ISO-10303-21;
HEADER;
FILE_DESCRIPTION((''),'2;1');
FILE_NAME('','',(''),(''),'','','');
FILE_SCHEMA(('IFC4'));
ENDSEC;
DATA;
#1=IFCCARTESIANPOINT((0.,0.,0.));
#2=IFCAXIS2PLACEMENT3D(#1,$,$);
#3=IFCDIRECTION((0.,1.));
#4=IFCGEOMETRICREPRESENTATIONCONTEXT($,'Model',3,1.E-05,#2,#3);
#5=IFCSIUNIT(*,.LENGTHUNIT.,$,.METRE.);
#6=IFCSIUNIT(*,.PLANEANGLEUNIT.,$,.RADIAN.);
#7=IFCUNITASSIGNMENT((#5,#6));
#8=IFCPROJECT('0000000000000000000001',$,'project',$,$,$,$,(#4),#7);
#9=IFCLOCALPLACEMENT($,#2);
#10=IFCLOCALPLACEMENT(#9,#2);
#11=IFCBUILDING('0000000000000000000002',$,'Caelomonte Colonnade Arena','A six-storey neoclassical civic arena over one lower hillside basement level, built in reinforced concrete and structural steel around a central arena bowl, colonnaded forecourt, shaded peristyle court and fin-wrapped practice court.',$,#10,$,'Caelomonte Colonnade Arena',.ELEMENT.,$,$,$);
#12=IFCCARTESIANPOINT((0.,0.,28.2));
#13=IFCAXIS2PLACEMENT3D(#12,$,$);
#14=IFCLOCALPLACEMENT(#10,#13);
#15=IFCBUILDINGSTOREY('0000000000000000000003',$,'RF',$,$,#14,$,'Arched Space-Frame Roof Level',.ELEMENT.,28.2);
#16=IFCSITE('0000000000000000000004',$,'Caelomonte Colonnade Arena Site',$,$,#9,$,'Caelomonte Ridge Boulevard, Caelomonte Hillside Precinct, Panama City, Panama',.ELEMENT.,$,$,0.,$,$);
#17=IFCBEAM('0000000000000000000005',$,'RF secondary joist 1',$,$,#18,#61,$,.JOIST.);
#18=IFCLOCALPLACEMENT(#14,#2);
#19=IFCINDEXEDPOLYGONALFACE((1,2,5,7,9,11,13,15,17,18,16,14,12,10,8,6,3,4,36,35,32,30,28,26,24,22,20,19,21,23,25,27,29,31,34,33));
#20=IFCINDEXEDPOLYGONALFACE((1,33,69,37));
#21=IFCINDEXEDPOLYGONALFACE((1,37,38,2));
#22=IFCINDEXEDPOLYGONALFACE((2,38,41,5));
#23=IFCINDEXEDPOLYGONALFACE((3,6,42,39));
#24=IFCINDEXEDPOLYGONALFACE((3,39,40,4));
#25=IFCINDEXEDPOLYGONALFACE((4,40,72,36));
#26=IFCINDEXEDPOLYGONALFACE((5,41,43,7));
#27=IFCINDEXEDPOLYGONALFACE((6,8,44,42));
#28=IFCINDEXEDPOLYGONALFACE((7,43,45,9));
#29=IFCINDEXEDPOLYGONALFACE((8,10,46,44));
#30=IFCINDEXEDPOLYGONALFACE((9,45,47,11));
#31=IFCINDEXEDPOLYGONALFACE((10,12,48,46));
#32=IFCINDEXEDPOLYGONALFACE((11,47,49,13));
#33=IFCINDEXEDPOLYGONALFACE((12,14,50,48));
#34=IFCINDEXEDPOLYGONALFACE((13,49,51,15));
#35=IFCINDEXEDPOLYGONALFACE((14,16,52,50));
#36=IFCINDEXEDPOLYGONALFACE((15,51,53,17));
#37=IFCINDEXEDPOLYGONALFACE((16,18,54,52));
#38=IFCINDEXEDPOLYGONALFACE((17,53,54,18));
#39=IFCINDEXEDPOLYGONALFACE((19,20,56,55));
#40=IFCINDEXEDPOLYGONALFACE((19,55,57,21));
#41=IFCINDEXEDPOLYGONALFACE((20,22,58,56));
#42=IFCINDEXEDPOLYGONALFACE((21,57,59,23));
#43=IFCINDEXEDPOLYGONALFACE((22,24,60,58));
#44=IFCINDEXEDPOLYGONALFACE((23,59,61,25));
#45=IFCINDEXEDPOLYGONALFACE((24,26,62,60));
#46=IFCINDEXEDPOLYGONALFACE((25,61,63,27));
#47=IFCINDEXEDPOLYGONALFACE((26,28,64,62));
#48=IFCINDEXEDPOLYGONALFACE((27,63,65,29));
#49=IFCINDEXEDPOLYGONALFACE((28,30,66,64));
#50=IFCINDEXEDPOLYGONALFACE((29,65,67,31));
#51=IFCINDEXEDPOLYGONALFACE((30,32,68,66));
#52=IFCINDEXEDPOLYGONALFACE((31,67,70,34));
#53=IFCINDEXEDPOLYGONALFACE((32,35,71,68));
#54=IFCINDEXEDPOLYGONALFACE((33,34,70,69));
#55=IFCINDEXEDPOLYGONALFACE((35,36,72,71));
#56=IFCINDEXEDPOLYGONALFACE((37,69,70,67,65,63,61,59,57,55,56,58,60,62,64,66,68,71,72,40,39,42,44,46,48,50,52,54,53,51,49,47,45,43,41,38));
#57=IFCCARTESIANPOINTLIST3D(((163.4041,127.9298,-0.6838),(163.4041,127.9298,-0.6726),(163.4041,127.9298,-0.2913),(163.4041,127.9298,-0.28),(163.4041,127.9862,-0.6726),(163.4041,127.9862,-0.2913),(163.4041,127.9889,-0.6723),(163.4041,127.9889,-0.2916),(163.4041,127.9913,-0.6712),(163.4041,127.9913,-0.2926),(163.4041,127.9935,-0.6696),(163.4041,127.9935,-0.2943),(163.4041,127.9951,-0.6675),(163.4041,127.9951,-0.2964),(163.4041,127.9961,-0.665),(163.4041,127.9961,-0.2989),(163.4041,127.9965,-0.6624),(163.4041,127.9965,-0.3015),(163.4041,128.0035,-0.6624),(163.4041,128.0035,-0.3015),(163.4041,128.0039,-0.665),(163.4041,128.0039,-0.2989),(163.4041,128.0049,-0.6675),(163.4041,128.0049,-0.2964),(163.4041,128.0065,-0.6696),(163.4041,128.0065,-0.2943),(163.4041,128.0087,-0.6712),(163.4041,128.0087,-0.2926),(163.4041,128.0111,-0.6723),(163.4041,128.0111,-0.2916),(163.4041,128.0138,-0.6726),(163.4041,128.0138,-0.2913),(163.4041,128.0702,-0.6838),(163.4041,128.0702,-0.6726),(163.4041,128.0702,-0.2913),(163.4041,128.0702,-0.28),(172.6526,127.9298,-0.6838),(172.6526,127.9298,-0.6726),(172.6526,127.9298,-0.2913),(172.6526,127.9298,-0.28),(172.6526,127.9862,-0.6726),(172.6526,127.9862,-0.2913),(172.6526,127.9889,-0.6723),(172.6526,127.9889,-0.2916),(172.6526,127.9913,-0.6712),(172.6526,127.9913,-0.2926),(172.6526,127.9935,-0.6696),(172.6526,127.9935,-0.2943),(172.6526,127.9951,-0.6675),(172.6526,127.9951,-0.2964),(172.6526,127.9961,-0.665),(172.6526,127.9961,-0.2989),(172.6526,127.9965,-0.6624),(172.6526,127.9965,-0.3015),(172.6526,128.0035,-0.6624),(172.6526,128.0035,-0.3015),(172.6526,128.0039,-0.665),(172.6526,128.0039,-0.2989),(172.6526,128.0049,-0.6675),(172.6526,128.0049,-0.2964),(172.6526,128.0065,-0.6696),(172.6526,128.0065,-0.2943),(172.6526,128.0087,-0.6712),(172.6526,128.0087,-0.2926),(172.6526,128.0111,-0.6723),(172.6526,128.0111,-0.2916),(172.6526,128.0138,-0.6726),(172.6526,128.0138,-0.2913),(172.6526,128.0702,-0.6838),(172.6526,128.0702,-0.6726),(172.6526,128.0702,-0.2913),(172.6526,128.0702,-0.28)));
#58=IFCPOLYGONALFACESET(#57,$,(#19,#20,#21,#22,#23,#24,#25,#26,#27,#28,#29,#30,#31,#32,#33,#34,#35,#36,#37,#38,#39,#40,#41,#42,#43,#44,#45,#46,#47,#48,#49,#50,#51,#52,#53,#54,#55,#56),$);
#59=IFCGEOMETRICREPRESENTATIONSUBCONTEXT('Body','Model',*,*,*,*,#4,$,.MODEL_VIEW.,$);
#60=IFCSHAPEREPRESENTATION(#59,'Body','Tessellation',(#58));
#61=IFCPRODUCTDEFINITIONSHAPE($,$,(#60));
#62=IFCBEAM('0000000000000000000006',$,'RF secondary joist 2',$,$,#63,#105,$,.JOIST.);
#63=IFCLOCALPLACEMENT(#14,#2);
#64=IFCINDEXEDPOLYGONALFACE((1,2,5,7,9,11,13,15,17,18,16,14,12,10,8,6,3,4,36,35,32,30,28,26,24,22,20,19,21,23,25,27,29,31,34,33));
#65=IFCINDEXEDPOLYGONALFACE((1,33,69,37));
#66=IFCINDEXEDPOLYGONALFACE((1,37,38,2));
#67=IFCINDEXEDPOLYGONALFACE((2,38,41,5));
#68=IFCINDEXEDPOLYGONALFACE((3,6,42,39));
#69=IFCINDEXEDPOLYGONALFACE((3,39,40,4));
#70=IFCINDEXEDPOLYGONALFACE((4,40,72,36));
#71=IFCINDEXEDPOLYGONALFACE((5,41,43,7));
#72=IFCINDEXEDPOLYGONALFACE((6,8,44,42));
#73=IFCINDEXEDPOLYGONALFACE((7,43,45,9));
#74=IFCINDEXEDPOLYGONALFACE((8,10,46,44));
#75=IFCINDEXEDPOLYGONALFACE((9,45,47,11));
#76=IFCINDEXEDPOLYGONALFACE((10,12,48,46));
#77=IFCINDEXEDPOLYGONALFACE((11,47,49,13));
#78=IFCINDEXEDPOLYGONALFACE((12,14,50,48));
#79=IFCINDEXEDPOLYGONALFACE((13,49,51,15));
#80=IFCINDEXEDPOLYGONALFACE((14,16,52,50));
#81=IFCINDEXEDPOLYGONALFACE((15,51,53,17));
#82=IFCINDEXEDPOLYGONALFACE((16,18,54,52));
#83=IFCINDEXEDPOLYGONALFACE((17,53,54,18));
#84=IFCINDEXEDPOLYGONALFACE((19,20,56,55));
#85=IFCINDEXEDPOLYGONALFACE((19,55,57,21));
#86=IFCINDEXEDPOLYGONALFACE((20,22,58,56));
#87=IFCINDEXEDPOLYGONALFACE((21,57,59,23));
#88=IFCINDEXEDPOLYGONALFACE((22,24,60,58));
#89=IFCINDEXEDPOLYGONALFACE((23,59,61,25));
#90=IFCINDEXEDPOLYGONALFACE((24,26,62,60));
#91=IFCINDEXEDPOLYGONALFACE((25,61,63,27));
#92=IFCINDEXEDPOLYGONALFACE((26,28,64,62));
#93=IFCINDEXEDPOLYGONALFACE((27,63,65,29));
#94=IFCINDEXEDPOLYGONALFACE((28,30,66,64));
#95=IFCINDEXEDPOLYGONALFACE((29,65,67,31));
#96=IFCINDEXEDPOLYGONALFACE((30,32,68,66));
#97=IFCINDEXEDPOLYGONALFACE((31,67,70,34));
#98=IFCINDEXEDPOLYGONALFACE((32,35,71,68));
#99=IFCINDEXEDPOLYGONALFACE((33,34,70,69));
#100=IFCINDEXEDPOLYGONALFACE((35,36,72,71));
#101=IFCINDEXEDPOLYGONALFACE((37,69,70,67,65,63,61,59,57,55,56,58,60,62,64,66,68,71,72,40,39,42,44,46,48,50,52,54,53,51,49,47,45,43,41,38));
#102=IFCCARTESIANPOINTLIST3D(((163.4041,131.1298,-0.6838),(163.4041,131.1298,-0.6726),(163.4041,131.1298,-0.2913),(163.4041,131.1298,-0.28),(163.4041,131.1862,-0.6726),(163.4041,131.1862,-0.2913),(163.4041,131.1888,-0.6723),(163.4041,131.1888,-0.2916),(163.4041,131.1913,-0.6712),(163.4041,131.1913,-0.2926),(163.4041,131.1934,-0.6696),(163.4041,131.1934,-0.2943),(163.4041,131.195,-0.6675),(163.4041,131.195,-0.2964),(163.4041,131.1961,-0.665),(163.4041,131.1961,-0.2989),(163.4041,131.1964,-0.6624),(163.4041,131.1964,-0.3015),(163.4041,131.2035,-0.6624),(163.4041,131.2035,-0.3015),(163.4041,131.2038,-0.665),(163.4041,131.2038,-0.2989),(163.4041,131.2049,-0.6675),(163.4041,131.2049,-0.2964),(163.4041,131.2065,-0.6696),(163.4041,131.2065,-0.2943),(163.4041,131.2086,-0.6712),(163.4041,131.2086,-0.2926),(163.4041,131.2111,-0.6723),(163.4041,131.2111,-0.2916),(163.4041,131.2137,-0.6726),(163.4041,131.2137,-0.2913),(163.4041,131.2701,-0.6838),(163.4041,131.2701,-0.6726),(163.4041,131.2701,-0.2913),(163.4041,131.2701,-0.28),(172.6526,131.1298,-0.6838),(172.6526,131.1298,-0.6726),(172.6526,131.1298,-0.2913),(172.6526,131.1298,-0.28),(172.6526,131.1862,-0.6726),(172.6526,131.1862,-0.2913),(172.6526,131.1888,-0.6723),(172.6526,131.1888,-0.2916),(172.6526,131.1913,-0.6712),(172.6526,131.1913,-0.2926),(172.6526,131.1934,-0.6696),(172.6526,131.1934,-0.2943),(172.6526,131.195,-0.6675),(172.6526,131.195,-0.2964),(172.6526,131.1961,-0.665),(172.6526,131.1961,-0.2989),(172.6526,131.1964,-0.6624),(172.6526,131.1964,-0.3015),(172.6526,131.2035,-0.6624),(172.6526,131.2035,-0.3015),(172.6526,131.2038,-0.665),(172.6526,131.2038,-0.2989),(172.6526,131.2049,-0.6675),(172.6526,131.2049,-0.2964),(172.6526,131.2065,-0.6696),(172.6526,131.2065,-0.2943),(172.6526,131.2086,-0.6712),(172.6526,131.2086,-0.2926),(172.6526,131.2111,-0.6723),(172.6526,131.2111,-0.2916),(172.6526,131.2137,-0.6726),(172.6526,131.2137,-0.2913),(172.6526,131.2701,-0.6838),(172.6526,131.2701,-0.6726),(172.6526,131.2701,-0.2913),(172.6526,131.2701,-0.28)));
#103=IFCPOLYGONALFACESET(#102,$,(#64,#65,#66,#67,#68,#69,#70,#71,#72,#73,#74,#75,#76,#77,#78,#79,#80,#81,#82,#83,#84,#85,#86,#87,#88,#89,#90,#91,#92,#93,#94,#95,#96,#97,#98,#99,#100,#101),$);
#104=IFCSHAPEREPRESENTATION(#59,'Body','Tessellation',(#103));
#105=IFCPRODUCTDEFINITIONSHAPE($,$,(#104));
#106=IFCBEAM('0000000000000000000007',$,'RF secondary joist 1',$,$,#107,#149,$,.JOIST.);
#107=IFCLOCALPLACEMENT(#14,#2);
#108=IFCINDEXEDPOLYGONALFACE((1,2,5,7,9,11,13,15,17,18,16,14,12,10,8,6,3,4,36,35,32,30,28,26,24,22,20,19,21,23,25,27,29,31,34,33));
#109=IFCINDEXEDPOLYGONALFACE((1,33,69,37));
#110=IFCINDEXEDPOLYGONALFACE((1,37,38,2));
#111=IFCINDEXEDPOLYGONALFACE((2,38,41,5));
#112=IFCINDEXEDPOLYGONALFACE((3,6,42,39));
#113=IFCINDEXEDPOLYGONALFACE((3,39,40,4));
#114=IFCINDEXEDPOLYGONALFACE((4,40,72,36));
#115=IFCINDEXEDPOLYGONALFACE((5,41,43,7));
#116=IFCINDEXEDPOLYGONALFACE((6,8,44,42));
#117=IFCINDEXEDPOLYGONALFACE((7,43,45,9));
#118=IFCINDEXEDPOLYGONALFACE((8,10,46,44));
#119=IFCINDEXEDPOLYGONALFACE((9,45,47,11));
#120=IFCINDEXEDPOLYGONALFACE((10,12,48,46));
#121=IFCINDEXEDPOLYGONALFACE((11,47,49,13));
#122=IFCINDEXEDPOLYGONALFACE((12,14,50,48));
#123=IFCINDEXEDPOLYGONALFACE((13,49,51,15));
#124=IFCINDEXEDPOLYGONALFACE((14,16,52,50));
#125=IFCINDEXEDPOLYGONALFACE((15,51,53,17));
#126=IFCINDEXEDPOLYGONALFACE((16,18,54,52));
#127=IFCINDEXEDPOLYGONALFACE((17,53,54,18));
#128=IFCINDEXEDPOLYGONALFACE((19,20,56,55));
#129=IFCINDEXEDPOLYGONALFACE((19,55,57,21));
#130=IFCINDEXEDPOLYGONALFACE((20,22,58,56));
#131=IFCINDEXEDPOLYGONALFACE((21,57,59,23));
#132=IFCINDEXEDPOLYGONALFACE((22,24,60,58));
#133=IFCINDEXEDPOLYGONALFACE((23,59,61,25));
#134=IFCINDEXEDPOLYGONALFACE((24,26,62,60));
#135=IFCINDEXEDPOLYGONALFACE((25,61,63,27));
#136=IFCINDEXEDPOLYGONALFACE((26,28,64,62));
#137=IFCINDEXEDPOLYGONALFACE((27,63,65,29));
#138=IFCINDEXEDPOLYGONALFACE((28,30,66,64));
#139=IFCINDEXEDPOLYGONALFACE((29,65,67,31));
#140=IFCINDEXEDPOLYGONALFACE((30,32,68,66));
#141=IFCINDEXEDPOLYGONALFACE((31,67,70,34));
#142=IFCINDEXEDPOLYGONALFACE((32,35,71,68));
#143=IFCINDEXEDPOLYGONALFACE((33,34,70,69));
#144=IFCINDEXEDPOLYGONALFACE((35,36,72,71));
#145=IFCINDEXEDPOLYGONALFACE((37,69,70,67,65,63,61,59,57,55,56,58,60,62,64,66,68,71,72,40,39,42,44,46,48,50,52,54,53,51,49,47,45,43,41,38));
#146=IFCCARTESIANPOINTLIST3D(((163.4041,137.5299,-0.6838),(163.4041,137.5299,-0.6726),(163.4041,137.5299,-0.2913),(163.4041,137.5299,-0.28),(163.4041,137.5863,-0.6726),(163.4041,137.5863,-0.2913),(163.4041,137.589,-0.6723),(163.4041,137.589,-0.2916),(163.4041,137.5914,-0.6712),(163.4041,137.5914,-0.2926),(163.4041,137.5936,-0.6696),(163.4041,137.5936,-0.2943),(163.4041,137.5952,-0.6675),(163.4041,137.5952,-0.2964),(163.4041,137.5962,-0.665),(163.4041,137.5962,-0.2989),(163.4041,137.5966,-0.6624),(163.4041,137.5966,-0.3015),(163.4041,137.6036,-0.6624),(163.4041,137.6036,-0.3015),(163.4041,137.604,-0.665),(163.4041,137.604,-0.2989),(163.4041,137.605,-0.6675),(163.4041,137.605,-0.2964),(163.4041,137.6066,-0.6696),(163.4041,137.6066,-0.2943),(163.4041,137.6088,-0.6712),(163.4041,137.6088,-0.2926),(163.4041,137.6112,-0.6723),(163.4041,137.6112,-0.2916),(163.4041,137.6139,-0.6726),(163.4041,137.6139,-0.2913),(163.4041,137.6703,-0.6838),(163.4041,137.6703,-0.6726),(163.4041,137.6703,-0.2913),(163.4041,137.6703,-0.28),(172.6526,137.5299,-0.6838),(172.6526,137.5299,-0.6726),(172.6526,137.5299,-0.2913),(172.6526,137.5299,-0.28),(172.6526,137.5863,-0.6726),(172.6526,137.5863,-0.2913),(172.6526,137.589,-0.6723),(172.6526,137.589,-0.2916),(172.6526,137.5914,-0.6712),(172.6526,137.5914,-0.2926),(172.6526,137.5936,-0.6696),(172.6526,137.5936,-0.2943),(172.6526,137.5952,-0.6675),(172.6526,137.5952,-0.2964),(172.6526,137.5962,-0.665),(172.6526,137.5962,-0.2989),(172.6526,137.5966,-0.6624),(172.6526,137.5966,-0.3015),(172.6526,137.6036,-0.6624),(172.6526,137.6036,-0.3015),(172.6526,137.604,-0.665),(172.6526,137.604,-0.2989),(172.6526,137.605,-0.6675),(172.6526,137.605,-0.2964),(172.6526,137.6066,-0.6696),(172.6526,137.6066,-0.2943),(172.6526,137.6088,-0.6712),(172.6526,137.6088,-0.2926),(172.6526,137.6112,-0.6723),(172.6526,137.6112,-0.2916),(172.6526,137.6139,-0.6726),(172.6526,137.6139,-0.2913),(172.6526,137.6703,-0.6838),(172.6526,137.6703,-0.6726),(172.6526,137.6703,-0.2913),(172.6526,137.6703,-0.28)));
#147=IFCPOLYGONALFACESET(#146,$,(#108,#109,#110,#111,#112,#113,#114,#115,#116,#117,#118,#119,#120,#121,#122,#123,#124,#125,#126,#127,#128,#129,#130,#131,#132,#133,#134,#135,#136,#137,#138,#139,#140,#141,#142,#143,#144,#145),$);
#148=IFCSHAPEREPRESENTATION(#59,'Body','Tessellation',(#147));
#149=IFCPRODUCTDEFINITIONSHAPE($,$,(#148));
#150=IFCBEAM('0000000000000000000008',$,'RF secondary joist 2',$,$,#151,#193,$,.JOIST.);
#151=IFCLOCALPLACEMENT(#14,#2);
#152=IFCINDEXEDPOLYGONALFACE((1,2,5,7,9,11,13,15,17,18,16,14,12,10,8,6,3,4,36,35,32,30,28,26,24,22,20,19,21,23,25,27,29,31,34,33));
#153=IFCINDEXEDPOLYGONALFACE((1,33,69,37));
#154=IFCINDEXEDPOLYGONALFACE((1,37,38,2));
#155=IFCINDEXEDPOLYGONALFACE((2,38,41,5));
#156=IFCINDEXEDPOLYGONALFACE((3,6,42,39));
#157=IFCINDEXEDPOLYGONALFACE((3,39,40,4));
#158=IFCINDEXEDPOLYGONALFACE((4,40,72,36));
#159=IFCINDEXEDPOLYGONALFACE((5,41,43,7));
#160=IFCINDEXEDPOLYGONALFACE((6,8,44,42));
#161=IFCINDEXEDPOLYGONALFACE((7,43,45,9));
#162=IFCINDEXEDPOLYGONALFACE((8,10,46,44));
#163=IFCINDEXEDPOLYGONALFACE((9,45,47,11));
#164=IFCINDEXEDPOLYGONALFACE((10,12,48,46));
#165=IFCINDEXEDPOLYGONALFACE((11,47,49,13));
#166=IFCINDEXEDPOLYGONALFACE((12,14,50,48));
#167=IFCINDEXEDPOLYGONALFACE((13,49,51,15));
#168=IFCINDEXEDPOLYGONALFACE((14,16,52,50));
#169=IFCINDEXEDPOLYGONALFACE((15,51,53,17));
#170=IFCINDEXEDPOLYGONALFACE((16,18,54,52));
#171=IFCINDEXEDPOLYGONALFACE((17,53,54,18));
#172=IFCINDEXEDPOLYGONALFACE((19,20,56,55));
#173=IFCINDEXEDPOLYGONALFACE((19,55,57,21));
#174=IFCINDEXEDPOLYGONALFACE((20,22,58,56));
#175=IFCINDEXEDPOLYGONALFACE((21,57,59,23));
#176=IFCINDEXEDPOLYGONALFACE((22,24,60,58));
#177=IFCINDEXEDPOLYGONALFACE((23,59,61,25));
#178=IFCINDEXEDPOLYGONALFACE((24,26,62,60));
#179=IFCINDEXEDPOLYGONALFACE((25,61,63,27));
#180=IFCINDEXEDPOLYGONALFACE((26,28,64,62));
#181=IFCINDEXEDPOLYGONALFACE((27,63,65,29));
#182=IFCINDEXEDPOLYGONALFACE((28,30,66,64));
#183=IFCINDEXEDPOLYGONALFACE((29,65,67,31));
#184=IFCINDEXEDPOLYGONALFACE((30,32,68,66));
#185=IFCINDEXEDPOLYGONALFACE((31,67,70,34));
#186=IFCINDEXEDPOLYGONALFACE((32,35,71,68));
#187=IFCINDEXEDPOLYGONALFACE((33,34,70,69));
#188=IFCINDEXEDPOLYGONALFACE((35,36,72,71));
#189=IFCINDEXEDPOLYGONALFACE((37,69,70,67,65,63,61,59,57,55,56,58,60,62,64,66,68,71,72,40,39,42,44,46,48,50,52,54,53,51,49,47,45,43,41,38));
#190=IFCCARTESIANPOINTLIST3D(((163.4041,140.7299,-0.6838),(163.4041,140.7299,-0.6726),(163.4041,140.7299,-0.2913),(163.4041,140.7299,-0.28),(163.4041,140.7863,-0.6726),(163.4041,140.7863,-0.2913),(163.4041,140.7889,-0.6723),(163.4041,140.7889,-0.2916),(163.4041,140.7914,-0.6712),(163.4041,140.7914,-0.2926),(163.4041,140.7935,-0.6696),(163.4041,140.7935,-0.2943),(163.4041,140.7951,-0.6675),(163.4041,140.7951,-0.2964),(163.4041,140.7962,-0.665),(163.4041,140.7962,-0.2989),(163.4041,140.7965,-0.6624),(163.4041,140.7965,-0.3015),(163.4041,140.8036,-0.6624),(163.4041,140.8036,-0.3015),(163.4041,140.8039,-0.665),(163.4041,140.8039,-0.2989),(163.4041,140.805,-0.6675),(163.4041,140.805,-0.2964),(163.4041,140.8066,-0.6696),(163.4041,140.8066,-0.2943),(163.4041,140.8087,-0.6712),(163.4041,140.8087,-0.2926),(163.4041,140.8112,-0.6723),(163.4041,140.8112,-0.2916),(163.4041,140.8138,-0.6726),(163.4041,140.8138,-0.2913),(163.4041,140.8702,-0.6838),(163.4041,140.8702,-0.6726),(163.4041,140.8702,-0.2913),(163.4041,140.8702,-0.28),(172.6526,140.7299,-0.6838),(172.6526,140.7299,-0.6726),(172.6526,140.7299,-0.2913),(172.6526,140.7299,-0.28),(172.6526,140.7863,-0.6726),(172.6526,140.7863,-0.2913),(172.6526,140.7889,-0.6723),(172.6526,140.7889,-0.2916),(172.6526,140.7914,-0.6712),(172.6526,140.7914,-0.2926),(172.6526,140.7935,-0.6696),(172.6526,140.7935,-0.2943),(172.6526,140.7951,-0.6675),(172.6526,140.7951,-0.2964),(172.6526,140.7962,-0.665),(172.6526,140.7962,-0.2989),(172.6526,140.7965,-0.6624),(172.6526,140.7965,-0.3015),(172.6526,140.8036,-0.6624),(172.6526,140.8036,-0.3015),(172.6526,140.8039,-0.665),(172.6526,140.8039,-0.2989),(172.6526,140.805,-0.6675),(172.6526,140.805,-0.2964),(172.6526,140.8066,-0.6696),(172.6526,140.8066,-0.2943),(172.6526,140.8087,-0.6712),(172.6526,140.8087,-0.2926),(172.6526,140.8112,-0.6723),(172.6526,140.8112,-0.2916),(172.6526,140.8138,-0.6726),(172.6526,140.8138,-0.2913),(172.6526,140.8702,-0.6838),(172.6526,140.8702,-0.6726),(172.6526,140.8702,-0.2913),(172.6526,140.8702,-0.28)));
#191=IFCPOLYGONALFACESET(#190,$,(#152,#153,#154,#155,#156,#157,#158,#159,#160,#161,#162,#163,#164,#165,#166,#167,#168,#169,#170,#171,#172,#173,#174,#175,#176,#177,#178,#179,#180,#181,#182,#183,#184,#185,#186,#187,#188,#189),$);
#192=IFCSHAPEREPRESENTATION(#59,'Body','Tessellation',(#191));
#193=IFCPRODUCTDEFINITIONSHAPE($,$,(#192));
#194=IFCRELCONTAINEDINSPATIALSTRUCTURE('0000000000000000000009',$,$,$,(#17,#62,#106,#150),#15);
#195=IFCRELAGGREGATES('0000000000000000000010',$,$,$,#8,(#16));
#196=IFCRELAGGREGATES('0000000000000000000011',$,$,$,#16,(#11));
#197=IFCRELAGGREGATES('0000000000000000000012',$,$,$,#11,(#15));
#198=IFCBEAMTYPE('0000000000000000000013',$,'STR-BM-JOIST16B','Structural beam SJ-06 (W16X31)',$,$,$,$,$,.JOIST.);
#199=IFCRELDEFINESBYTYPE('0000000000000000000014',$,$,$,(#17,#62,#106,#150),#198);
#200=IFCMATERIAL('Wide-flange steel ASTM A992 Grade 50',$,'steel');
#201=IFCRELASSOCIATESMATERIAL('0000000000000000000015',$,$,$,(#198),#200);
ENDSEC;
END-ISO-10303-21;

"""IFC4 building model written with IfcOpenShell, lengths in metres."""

from ifc_helpers import new_model, si_unit, direction, frame, origin, origin_2d, place, context, subcontext, project, spatial, i_section, extrude, material, material_profile, profile_set, type_object, element, save


model = new_model("IFC4")

# Units and contexts
model_context = context("Model", 3, precision=1e-05, world=origin(), true_north=direction((0.0, 1.0)))
body_context = subcontext(model_context, "Body", "Model", "MODEL_VIEW")
ifc_project = project(units=[si_unit("LENGTHUNIT", "METRE"), si_unit("PLANEANGLEUNIT", "RADIAN")], contexts=[model_context])

# Site, building, storey
site_placement = place(None, origin())
site = spatial("IfcSite", under=ifc_project, at=site_placement, Name="Caelomonte Colonnade Arena Site", LongName="Caelomonte Ridge Boulevard, Caelomonte Hillside Precinct, Panama City, Panama", CompositionType="ELEMENT", RefElevation=0.0)
building_placement = place(site_placement, origin())
building = spatial("IfcBuilding", under=site, at=building_placement, Name="Caelomonte Colonnade Arena", Description="A six-storey neoclassical civic arena over one lower hillside basement level, built in reinforced concrete and structural steel around a central arena bowl, colonnaded forecourt, shaded peristyle court and fin-wrapped practice court.", LongName="Caelomonte Colonnade Arena", CompositionType="ELEMENT")
storey_placement = place(building_placement, frame((0.0, 0.0, 28.2)))
storey = spatial("IfcBuildingStorey", under=building, at=storey_placement, Name="RF", LongName="Arched Space-Frame Roof Level", CompositionType="ELEMENT", Elevation=28.2)

# Beams
ifc_material_1 = material(Name="Wide-flange steel ASTM A992 Grade 50", Category="steel")
ifc_material_profile_1 = material_profile(ifc_material_1, i_section(OverallWidth=0.1404, OverallDepth=0.4038, WebThickness=0.0071, FlangeThickness=0.0112, FilletRadius=0.0103, at=origin_2d()), Name="W16X31")
ifc_profile_set_1 = profile_set([ifc_material_profile_1], Name="Wide-flange steel ASTM A992 Grade 50")
beam_type_1 = type_object("IfcBeamType", Name="STR-BM-JOIST16B", Description="Structural beam SJ-06 (W16X31)", PredefinedType="JOIST", material=ifc_profile_set_1)
for number, where, z_axis, x_axis, name in (
    (1, (163.4041, 128.0, -0.4819), (1.0, 0.0, 0.0), (0.0, 1.0, 0.0), "RF secondary joist 1"),
    (2, (163.4041, 131.2, -0.4819), (1.0, 0.0, 0.0), (0.0, 1.0, 0.0), "RF secondary joist 2"),
    (3, (163.4041, 137.6001, -0.4819), (1.0, 0.0, 0.0), (0.0, 1.0, 0.0), "RF secondary joist 1"),
    (4, (163.4041, 140.8, -0.4819), (1.0, 0.0, 0.0), (0.0, 1.0, 0.0), "RF secondary joist 2"),
):
    element("IfcBeam", number, at=place(storey_placement, frame(where, z_axis=z_axis, x_axis=x_axis)), inside=storey, type_object=beam_type_1, Name=name, PredefinedType="JOIST", context=body_context, shape_type="SweptSolid", body=[
        extrude(i_section(OverallWidth=0.1404, OverallDepth=0.4038, WebThickness=0.0071, FlangeThickness=0.0112, FilletRadius=0.0103, at=origin_2d()), origin(), (0.0, 0.0, 1.0), 9.2485),
    ])

save(model, "model.ifc")
